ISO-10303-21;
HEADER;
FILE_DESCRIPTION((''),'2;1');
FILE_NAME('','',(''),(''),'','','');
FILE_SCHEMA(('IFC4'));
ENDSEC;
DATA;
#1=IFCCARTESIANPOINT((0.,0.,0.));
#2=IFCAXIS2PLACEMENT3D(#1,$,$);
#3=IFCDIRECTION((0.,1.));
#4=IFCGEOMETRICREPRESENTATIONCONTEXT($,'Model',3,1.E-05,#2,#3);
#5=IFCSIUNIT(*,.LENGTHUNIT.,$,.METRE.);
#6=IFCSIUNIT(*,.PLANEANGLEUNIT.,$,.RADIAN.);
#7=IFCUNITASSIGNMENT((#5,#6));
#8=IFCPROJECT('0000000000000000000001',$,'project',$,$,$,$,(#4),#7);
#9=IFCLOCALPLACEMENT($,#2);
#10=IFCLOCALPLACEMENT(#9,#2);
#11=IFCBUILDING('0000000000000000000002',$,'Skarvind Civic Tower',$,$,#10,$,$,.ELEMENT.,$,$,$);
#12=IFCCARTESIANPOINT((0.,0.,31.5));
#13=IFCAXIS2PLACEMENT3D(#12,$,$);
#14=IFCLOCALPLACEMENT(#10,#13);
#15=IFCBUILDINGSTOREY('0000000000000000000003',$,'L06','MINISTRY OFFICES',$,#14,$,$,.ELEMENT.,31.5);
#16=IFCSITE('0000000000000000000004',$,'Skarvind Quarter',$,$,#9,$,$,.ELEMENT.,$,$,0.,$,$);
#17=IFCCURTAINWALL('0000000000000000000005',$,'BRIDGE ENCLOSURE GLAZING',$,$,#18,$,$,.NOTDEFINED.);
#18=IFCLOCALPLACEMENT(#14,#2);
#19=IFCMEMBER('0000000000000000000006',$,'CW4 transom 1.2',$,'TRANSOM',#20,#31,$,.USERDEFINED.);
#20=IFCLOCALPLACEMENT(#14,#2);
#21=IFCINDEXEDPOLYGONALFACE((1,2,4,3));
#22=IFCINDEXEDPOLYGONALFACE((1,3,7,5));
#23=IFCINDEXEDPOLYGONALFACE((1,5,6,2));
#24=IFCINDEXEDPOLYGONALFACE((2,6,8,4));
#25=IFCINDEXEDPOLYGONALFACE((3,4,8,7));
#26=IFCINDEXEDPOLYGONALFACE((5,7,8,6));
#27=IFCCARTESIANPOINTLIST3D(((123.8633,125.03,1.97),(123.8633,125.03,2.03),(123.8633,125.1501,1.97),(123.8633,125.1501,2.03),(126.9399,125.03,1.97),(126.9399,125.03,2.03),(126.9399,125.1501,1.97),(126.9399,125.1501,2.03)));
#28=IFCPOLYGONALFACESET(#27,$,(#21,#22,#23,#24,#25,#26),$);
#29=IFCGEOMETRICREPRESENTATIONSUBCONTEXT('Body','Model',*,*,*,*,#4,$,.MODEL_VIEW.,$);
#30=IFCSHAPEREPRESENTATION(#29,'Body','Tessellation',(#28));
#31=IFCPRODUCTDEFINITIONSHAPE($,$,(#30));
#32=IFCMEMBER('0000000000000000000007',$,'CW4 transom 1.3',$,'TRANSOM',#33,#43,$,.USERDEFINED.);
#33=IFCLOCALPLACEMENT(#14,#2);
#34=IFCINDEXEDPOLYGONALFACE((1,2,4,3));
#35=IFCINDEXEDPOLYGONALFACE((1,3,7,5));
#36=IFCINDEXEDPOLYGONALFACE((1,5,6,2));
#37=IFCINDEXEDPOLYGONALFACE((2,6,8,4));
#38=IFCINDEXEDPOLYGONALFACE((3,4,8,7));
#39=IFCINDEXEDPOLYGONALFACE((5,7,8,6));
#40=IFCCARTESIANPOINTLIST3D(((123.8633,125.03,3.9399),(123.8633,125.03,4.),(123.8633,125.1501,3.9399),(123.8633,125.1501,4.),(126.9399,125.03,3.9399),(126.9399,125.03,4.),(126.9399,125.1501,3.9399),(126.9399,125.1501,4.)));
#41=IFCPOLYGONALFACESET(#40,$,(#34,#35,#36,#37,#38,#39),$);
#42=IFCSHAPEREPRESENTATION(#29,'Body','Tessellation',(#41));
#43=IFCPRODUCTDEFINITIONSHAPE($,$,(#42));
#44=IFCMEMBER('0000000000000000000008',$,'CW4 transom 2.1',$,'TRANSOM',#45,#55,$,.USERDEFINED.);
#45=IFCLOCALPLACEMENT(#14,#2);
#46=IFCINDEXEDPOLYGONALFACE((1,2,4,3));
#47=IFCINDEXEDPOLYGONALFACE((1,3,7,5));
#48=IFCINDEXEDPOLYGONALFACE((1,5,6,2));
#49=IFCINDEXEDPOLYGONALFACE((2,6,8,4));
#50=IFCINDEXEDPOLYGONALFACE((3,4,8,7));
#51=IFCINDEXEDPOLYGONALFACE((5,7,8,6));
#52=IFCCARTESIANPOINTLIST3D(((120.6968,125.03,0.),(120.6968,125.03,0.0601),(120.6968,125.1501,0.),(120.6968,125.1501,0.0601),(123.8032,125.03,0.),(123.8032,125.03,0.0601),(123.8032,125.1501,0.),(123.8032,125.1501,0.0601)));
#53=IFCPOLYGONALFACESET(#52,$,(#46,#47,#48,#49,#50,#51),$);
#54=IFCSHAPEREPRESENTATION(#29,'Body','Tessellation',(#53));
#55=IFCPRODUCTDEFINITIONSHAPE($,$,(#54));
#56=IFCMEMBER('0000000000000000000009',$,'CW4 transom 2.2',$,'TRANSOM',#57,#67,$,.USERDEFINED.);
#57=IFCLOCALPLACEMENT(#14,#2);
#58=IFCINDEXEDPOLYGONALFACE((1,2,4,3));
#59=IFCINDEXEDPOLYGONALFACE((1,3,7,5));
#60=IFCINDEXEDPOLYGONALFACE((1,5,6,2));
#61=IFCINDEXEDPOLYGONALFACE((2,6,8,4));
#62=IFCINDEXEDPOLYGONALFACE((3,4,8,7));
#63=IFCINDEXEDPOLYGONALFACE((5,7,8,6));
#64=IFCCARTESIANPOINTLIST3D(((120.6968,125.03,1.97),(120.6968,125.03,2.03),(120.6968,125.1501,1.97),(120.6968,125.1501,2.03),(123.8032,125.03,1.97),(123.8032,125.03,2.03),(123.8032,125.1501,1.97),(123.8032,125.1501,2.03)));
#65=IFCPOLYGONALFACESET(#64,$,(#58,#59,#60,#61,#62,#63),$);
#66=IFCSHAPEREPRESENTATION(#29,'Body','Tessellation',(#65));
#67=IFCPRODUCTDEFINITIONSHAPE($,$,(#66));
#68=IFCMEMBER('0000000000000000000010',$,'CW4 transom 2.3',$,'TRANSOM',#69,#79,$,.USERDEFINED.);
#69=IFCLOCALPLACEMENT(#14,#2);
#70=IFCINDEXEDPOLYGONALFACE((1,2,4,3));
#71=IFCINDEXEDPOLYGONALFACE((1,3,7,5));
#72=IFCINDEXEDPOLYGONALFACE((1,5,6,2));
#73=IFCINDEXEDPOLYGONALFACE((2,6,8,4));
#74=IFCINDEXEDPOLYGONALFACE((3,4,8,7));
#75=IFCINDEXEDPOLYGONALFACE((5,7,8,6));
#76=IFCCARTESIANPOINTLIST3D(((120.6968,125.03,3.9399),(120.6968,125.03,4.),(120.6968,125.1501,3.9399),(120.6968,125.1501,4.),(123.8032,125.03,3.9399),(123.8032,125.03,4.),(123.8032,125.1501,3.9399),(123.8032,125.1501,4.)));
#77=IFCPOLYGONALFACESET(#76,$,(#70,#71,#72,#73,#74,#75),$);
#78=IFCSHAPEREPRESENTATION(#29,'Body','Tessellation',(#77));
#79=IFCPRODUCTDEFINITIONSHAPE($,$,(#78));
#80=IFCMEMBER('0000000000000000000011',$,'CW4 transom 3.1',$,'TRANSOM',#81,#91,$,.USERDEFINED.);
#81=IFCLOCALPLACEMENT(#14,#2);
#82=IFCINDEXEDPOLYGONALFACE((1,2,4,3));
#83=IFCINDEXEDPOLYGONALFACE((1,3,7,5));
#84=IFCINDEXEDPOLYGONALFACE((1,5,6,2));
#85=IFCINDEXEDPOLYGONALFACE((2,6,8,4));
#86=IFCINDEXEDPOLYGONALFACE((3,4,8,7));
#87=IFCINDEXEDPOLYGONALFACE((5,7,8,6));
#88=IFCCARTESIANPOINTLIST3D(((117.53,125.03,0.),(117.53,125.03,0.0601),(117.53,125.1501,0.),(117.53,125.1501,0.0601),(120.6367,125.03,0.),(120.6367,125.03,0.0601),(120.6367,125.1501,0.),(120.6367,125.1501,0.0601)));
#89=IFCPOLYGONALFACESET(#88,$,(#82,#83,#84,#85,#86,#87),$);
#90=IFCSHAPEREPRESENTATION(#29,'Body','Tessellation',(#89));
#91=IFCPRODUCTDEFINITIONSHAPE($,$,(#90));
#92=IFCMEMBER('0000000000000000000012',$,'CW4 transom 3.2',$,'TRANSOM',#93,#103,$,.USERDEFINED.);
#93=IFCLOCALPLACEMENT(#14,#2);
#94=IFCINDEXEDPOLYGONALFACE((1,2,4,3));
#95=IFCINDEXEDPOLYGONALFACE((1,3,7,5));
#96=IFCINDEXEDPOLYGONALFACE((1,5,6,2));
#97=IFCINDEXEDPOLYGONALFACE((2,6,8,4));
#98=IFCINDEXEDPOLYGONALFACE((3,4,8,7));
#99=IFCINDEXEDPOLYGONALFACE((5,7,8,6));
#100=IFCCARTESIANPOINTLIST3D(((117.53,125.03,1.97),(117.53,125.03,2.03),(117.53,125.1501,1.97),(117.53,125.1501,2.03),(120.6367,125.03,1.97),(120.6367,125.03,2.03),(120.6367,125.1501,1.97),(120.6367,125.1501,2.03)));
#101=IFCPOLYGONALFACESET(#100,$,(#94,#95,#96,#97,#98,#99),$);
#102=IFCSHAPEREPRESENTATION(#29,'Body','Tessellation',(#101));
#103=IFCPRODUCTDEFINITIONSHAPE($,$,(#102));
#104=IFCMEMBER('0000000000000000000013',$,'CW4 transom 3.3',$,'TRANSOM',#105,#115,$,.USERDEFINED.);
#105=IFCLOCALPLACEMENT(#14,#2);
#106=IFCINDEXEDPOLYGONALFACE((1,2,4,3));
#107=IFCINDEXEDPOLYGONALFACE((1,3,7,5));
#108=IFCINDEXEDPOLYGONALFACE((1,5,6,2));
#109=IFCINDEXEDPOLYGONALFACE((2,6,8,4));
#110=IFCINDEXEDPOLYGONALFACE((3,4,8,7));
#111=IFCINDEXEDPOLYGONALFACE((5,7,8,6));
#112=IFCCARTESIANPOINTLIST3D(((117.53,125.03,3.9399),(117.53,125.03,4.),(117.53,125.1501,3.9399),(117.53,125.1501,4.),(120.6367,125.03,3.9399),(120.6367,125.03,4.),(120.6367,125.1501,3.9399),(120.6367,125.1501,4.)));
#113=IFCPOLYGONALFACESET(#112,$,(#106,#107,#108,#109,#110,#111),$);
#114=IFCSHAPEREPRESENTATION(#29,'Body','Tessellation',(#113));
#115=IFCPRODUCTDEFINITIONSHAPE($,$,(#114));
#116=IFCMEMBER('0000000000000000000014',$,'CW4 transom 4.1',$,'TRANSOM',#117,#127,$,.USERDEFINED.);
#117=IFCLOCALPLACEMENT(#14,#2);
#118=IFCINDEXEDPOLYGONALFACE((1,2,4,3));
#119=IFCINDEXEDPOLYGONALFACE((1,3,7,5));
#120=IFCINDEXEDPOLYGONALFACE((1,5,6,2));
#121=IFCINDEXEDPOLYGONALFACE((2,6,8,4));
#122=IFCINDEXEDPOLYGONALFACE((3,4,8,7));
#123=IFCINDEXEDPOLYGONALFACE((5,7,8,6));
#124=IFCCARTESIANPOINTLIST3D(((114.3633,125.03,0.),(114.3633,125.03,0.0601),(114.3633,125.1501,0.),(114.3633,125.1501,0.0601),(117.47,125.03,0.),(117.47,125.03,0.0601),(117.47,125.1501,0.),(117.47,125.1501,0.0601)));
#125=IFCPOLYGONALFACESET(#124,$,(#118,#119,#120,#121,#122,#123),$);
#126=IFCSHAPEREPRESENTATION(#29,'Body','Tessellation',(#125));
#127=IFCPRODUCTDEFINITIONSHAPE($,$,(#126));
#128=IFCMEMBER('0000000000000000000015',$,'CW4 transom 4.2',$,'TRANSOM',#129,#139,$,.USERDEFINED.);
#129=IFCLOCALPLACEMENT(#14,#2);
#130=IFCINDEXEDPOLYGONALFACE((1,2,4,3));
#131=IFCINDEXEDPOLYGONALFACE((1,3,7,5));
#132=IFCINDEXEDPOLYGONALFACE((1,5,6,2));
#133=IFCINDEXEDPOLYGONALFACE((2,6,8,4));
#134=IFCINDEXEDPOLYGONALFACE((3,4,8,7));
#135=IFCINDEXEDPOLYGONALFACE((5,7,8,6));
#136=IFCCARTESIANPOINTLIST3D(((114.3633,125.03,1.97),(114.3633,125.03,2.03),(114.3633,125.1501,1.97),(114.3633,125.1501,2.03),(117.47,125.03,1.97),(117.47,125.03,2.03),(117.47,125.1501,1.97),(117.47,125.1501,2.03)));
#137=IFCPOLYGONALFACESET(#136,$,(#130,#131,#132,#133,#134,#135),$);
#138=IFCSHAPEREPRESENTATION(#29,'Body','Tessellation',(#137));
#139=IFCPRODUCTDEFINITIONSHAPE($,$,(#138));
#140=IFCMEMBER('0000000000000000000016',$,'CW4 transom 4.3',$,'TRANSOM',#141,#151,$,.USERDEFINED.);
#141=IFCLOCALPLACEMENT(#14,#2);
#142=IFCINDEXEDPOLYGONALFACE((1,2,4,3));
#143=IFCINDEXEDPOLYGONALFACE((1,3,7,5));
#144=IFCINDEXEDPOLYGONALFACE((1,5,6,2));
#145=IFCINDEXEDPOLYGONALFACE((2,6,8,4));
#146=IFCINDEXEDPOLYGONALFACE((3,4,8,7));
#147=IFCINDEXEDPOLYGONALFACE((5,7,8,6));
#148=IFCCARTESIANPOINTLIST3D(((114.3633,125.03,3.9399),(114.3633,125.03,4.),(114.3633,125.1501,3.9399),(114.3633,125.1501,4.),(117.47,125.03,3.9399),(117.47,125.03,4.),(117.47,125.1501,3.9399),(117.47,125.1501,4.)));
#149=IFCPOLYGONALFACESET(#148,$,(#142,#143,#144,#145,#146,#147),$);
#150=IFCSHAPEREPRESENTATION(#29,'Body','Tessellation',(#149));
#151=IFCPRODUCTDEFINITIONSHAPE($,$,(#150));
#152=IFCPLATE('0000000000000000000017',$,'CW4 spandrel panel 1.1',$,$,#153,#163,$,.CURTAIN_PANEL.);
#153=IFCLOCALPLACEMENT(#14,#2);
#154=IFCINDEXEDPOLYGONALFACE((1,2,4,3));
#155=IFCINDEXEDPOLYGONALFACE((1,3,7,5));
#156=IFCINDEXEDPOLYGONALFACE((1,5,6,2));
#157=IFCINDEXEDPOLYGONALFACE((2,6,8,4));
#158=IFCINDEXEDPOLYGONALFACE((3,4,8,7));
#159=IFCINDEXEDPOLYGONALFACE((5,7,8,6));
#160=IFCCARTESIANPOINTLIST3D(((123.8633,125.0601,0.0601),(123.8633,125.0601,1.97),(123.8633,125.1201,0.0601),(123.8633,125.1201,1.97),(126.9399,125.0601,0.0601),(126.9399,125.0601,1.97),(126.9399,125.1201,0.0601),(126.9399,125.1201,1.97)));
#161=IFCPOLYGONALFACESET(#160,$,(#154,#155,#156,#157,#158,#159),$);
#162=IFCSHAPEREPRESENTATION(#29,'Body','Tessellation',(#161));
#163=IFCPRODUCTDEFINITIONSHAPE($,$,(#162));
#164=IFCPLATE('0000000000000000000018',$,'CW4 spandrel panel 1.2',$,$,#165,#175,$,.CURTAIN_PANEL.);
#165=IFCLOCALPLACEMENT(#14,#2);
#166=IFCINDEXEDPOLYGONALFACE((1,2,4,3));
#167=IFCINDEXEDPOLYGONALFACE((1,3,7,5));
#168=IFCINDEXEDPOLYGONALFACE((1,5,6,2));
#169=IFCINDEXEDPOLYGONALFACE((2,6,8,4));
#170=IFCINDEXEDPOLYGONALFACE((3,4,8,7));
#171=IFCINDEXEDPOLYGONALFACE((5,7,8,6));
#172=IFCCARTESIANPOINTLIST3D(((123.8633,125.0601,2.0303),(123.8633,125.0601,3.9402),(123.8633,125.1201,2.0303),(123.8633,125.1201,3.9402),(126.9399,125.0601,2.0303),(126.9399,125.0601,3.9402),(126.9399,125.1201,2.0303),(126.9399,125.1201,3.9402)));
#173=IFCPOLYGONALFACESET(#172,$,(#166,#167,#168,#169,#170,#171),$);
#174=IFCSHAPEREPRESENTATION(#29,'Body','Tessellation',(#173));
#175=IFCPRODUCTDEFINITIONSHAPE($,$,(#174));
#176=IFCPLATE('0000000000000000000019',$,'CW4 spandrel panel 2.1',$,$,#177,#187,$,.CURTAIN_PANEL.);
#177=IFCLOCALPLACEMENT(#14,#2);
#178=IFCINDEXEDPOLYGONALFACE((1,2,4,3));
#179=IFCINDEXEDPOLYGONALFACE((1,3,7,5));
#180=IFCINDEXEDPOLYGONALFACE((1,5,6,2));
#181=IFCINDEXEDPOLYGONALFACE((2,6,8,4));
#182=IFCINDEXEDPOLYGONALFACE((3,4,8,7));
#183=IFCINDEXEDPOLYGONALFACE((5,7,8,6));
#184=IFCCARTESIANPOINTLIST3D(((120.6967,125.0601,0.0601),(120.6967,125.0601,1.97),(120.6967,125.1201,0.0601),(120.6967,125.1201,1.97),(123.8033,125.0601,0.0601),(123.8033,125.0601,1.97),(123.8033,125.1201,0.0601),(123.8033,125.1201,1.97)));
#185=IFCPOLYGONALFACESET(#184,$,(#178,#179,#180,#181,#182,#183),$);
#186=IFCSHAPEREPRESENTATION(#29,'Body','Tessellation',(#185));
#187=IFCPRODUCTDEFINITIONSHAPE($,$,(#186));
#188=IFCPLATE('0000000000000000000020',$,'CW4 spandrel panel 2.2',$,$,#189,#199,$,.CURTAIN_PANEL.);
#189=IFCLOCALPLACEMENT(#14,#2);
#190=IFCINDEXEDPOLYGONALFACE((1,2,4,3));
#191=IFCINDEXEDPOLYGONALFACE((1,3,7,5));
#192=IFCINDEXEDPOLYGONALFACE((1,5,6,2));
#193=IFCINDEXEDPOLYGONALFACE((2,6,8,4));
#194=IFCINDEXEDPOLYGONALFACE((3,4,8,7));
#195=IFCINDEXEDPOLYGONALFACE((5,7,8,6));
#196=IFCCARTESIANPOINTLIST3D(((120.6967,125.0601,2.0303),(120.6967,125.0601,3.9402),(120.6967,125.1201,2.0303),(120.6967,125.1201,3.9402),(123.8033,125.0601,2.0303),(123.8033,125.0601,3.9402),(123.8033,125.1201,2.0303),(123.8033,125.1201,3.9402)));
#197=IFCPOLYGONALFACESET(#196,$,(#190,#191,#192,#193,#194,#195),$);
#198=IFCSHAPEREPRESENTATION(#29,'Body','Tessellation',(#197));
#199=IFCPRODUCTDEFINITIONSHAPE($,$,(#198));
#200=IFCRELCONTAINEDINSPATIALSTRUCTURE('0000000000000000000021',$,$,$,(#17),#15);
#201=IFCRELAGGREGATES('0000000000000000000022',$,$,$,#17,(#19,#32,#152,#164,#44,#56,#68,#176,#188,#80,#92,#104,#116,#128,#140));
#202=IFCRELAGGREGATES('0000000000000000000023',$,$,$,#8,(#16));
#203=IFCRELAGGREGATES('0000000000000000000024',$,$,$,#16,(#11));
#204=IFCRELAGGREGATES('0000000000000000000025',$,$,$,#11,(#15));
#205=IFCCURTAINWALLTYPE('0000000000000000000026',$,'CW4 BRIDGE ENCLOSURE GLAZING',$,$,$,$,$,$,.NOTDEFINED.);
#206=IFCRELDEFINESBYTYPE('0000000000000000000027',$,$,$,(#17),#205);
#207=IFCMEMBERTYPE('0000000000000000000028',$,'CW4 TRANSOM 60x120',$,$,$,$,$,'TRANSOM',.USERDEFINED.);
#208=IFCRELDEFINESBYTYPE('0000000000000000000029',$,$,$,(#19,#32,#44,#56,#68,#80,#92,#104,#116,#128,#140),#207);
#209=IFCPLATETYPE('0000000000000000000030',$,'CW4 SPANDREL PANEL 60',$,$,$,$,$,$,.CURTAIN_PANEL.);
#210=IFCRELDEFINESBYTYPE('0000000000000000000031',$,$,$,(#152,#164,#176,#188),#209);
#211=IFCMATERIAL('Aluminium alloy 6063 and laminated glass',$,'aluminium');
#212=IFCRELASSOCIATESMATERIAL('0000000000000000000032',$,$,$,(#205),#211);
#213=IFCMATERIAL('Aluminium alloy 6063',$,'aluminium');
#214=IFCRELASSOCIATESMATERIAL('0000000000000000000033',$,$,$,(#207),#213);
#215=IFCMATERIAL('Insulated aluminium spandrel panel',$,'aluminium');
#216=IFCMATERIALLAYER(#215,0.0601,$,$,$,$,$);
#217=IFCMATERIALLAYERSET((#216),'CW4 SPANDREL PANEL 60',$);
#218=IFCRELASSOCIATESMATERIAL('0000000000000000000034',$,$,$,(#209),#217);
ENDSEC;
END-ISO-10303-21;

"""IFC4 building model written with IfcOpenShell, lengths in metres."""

from ifc_helpers import new_model, si_unit, direction, frame, origin, origin_2d, place, context, subcontext, project, spatial, rectangle, extrude, material, layer, layer_set, material_profile, profile_set, type_object, element, aggregate, save


model = new_model("IFC4")

# Units and contexts
model_context = context("Model", 3, precision=1e-05, world=origin(), true_north=direction((0.0, 1.0)))
body_context = subcontext(model_context, "Body", "Model", "MODEL_VIEW")
ifc_project = project(units=[si_unit("LENGTHUNIT", "METRE"), si_unit("PLANEANGLEUNIT", "RADIAN")], contexts=[model_context])

# Site, building, storey
site_placement = place(None, origin())
site = spatial("IfcSite", under=ifc_project, at=site_placement, Name="Skarvind Quarter", CompositionType="ELEMENT", RefElevation=0.0)
building_placement = place(site_placement, origin())
building = spatial("IfcBuilding", under=site, at=building_placement, Name="Skarvind Civic Tower", CompositionType="ELEMENT")
storey_placement = place(building_placement, frame((0.0, 0.0, 31.5)))
storey = spatial("IfcBuildingStorey", under=building, at=storey_placement, Name="L06", Description="MINISTRY OFFICES", CompositionType="ELEMENT", Elevation=31.5)

# Curtain wall, members, plates
ifc_material_1 = material(Name="Aluminium alloy 6063 and laminated glass", Category="aluminium")
curtain_wall_type = type_object("IfcCurtainWallType", Name="CW4 BRIDGE ENCLOSURE GLAZING", PredefinedType="NOTDEFINED", material=ifc_material_1)
curtain_wall_placement = place(storey_placement, origin())
curtain_wall = element("IfcCurtainWall", 1, at=curtain_wall_placement, inside=storey, type_object=curtain_wall_type, Name="BRIDGE ENCLOSURE GLAZING", PredefinedType="NOTDEFINED")
ifc_material_2 = material(Name="Aluminium alloy 6063", Category="aluminium")
ifc_material_profile_1 = material_profile(ifc_material_2, rectangle(XDim=0.1201, YDim=0.0601, at=origin_2d()), Name="AL 60x120")
ifc_profile_set_1 = profile_set([ifc_material_profile_1], Name="Aluminium alloy 6063")
member_type_1 = type_object("IfcMemberType", Name="CW4 TRANSOM 60x120", ElementType="TRANSOM", PredefinedType="USERDEFINED", material=ifc_profile_set_1)
member_1_placement = place(storey_placement, frame((126.9399, 125.0901, 2.0), z_axis=(-1.0, 0.0, 0.0), x_axis=(0.0, -1.0, 0.0)))
member_1 = element("IfcMember", 2, at=member_1_placement, type_object=member_type_1, Name="CW4 transom 1.2", ObjectType="TRANSOM", PredefinedType="USERDEFINED", context=body_context, shape_type="SweptSolid", body=[
    extrude(rectangle(XDim=0.1201, YDim=0.0601, at=origin_2d()), origin(), (0.0, 0.0, 1.0), 3.0767),
])
member_2_placement = place(storey_placement, frame((126.9399, 125.0901, 3.97), z_axis=(-1.0, 0.0, 0.0), x_axis=(0.0, -1.0, 0.0)))
member_2 = element("IfcMember", 3, at=member_2_placement, type_object=member_type_1, Name="CW4 transom 1.3", ObjectType="TRANSOM", PredefinedType="USERDEFINED", context=body_context, shape_type="SweptSolid", body=[
    extrude(rectangle(XDim=0.1201, YDim=0.0601, at=origin_2d()), origin(), (0.0, 0.0, 1.0), 3.0767),
])
member_3_placement = place(storey_placement, frame((123.8032, 125.0901, 0.03), z_axis=(-1.0, 0.0, 0.0), x_axis=(0.0, -1.0, 0.0)))
member_3 = element("IfcMember", 4, at=member_3_placement, type_object=member_type_1, Name="CW4 transom 2.1", ObjectType="TRANSOM", PredefinedType="USERDEFINED", context=body_context, shape_type="SweptSolid", body=[
    extrude(rectangle(XDim=0.1201, YDim=0.0601, at=origin_2d()), origin(), (0.0, 0.0, 1.0), 3.1064),
])
member_4_placement = place(storey_placement, frame((123.8032, 125.0901, 2.0), z_axis=(-1.0, 0.0, 0.0), x_axis=(0.0, -1.0, 0.0)))
member_4 = element("IfcMember", 5, at=member_4_placement, type_object=member_type_1, Name="CW4 transom 2.2", ObjectType="TRANSOM", PredefinedType="USERDEFINED", context=body_context, shape_type="SweptSolid", body=[
    extrude(rectangle(XDim=0.1201, YDim=0.0601, at=origin_2d()), origin(), (0.0, 0.0, 1.0), 3.1064),
])
member_5_placement = place(storey_placement, frame((123.8032, 125.0901, 3.97), z_axis=(-1.0, 0.0, 0.0), x_axis=(0.0, -1.0, 0.0)))
member_5 = element("IfcMember", 6, at=member_5_placement, type_object=member_type_1, Name="CW4 transom 2.3", ObjectType="TRANSOM", PredefinedType="USERDEFINED", context=body_context, shape_type="SweptSolid", body=[
    extrude(rectangle(XDim=0.1201, YDim=0.0601, at=origin_2d()), origin(), (0.0, 0.0, 1.0), 3.1064),
])
member_6_placement = place(storey_placement, frame((120.6367, 125.0901, 0.03), z_axis=(-1.0, 0.0, 0.0), x_axis=(0.0, -1.0, 0.0)))
member_6 = element("IfcMember", 7, at=member_6_placement, type_object=member_type_1, Name="CW4 transom 3.1", ObjectType="TRANSOM", PredefinedType="USERDEFINED", context=body_context, shape_type="SweptSolid", body=[
    extrude(rectangle(XDim=0.1201, YDim=0.0601, at=origin_2d()), origin(), (0.0, 0.0, 1.0), 3.1067),
])
member_7_placement = place(storey_placement, frame((120.6367, 125.0901, 2.0), z_axis=(-1.0, 0.0, 0.0), x_axis=(0.0, -1.0, 0.0)))
member_7 = element("IfcMember", 8, at=member_7_placement, type_object=member_type_1, Name="CW4 transom 3.2", ObjectType="TRANSOM", PredefinedType="USERDEFINED", context=body_context, shape_type="SweptSolid", body=[
    extrude(rectangle(XDim=0.1201, YDim=0.0601, at=origin_2d()), origin(), (0.0, 0.0, 1.0), 3.1067),
])
member_8_placement = place(storey_placement, frame((120.6367, 125.0901, 3.97), z_axis=(-1.0, 0.0, 0.0), x_axis=(0.0, -1.0, 0.0)))
member_8 = element("IfcMember", 9, at=member_8_placement, type_object=member_type_1, Name="CW4 transom 3.3", ObjectType="TRANSOM", PredefinedType="USERDEFINED", context=body_context, shape_type="SweptSolid", body=[
    extrude(rectangle(XDim=0.1201, YDim=0.0601, at=origin_2d()), origin(), (0.0, 0.0, 1.0), 3.1067),
])
member_9_placement = place(storey_placement, frame((117.47, 125.0901, 0.03), z_axis=(-1.0, 0.0, 0.0), x_axis=(0.0, -1.0, 0.0)))
member_9 = element("IfcMember", 10, at=member_9_placement, type_object=member_type_1, Name="CW4 transom 4.1", ObjectType="TRANSOM", PredefinedType="USERDEFINED", context=body_context, shape_type="SweptSolid", body=[
    extrude(rectangle(XDim=0.1201, YDim=0.0601, at=origin_2d()), origin(), (0.0, 0.0, 1.0), 3.1067),
])
member_10_placement = place(storey_placement, frame((117.47, 125.0901, 2.0), z_axis=(-1.0, 0.0, 0.0), x_axis=(0.0, -1.0, 0.0)))
member_10 = element("IfcMember", 11, at=member_10_placement, type_object=member_type_1, Name="CW4 transom 4.2", ObjectType="TRANSOM", PredefinedType="USERDEFINED", context=body_context, shape_type="SweptSolid", body=[
    extrude(rectangle(XDim=0.1201, YDim=0.0601, at=origin_2d()), origin(), (0.0, 0.0, 1.0), 3.1067),
])
member_11_placement = place(storey_placement, frame((117.47, 125.0901, 3.97), z_axis=(-1.0, 0.0, 0.0), x_axis=(0.0, -1.0, 0.0)))
member_11 = element("IfcMember", 12, at=member_11_placement, type_object=member_type_1, Name="CW4 transom 4.3", ObjectType="TRANSOM", PredefinedType="USERDEFINED", context=body_context, shape_type="SweptSolid", body=[
    extrude(rectangle(XDim=0.1201, YDim=0.0601, at=origin_2d()), origin(), (0.0, 0.0, 1.0), 3.1067),
])
ifc_material_3 = material(Name="Insulated aluminium spandrel panel", Category="aluminium")
ifc_layer_1 = layer(ifc_material_3, 0.0601)
ifc_layer_set_1 = layer_set([ifc_layer_1], Name="CW4 SPANDREL PANEL 60")
plate_type = type_object("IfcPlateType", Name="CW4 SPANDREL PANEL 60", PredefinedType="CURTAIN_PANEL", material=ifc_layer_set_1)
plate_1_placement = place(storey_placement, frame((125.4016, 125.0901, 0.0601), z_axis=(0.0, 0.0, 1.0), x_axis=(-1.0, 0.0, 0.0)))
plate_1 = element("IfcPlate", 13, at=plate_1_placement, type_object=plate_type, Name="CW4 spandrel panel 1.1", PredefinedType="CURTAIN_PANEL", context=body_context, shape_type="SweptSolid", body=[
    extrude(rectangle(XDim=3.0767, YDim=0.0601, at=origin_2d()), origin(), (0.0, 0.0, 1.0), 1.9099),
])
plate_2_placement = place(storey_placement, frame((125.4016, 125.0901, 2.0303), z_axis=(0.0, 0.0, 1.0), x_axis=(-1.0, 0.0, 0.0)))
plate_2 = element("IfcPlate", 14, at=plate_2_placement, type_object=plate_type, Name="CW4 spandrel panel 1.2", PredefinedType="CURTAIN_PANEL", context=body_context, shape_type="SweptSolid", body=[
    extrude(rectangle(XDim=3.0767, YDim=0.0601, at=origin_2d()), origin(), (0.0, 0.0, 1.0), 1.9099),
])
plate_3_placement = place(storey_placement, frame((122.25, 125.0901, 0.0601), z_axis=(0.0, 0.0, 1.0), x_axis=(-1.0, 0.0, 0.0)))
plate_3 = element("IfcPlate", 15, at=plate_3_placement, type_object=plate_type, Name="CW4 spandrel panel 2.1", PredefinedType="CURTAIN_PANEL", context=body_context, shape_type="SweptSolid", body=[
    extrude(rectangle(XDim=3.1067, YDim=0.0601, at=origin_2d()), origin(), (0.0, 0.0, 1.0), 1.9099),
])
plate_4_placement = place(storey_placement, frame((122.25, 125.0901, 2.0303), z_axis=(0.0, 0.0, 1.0), x_axis=(-1.0, 0.0, 0.0)))
plate_4 = element("IfcPlate", 16, at=plate_4_placement, type_object=plate_type, Name="CW4 spandrel panel 2.2", PredefinedType="CURTAIN_PANEL", context=body_context, shape_type="SweptSolid", body=[
    extrude(rectangle(XDim=3.1067, YDim=0.0601, at=origin_2d()), origin(), (0.0, 0.0, 1.0), 1.9099),
])
aggregate(curtain_wall, [member_1, member_2, plate_1, plate_2, member_3, member_4, member_5, plate_3, plate_4, member_6, member_7, member_8, member_9, member_10, member_11])

save(model, "model.ifc")
